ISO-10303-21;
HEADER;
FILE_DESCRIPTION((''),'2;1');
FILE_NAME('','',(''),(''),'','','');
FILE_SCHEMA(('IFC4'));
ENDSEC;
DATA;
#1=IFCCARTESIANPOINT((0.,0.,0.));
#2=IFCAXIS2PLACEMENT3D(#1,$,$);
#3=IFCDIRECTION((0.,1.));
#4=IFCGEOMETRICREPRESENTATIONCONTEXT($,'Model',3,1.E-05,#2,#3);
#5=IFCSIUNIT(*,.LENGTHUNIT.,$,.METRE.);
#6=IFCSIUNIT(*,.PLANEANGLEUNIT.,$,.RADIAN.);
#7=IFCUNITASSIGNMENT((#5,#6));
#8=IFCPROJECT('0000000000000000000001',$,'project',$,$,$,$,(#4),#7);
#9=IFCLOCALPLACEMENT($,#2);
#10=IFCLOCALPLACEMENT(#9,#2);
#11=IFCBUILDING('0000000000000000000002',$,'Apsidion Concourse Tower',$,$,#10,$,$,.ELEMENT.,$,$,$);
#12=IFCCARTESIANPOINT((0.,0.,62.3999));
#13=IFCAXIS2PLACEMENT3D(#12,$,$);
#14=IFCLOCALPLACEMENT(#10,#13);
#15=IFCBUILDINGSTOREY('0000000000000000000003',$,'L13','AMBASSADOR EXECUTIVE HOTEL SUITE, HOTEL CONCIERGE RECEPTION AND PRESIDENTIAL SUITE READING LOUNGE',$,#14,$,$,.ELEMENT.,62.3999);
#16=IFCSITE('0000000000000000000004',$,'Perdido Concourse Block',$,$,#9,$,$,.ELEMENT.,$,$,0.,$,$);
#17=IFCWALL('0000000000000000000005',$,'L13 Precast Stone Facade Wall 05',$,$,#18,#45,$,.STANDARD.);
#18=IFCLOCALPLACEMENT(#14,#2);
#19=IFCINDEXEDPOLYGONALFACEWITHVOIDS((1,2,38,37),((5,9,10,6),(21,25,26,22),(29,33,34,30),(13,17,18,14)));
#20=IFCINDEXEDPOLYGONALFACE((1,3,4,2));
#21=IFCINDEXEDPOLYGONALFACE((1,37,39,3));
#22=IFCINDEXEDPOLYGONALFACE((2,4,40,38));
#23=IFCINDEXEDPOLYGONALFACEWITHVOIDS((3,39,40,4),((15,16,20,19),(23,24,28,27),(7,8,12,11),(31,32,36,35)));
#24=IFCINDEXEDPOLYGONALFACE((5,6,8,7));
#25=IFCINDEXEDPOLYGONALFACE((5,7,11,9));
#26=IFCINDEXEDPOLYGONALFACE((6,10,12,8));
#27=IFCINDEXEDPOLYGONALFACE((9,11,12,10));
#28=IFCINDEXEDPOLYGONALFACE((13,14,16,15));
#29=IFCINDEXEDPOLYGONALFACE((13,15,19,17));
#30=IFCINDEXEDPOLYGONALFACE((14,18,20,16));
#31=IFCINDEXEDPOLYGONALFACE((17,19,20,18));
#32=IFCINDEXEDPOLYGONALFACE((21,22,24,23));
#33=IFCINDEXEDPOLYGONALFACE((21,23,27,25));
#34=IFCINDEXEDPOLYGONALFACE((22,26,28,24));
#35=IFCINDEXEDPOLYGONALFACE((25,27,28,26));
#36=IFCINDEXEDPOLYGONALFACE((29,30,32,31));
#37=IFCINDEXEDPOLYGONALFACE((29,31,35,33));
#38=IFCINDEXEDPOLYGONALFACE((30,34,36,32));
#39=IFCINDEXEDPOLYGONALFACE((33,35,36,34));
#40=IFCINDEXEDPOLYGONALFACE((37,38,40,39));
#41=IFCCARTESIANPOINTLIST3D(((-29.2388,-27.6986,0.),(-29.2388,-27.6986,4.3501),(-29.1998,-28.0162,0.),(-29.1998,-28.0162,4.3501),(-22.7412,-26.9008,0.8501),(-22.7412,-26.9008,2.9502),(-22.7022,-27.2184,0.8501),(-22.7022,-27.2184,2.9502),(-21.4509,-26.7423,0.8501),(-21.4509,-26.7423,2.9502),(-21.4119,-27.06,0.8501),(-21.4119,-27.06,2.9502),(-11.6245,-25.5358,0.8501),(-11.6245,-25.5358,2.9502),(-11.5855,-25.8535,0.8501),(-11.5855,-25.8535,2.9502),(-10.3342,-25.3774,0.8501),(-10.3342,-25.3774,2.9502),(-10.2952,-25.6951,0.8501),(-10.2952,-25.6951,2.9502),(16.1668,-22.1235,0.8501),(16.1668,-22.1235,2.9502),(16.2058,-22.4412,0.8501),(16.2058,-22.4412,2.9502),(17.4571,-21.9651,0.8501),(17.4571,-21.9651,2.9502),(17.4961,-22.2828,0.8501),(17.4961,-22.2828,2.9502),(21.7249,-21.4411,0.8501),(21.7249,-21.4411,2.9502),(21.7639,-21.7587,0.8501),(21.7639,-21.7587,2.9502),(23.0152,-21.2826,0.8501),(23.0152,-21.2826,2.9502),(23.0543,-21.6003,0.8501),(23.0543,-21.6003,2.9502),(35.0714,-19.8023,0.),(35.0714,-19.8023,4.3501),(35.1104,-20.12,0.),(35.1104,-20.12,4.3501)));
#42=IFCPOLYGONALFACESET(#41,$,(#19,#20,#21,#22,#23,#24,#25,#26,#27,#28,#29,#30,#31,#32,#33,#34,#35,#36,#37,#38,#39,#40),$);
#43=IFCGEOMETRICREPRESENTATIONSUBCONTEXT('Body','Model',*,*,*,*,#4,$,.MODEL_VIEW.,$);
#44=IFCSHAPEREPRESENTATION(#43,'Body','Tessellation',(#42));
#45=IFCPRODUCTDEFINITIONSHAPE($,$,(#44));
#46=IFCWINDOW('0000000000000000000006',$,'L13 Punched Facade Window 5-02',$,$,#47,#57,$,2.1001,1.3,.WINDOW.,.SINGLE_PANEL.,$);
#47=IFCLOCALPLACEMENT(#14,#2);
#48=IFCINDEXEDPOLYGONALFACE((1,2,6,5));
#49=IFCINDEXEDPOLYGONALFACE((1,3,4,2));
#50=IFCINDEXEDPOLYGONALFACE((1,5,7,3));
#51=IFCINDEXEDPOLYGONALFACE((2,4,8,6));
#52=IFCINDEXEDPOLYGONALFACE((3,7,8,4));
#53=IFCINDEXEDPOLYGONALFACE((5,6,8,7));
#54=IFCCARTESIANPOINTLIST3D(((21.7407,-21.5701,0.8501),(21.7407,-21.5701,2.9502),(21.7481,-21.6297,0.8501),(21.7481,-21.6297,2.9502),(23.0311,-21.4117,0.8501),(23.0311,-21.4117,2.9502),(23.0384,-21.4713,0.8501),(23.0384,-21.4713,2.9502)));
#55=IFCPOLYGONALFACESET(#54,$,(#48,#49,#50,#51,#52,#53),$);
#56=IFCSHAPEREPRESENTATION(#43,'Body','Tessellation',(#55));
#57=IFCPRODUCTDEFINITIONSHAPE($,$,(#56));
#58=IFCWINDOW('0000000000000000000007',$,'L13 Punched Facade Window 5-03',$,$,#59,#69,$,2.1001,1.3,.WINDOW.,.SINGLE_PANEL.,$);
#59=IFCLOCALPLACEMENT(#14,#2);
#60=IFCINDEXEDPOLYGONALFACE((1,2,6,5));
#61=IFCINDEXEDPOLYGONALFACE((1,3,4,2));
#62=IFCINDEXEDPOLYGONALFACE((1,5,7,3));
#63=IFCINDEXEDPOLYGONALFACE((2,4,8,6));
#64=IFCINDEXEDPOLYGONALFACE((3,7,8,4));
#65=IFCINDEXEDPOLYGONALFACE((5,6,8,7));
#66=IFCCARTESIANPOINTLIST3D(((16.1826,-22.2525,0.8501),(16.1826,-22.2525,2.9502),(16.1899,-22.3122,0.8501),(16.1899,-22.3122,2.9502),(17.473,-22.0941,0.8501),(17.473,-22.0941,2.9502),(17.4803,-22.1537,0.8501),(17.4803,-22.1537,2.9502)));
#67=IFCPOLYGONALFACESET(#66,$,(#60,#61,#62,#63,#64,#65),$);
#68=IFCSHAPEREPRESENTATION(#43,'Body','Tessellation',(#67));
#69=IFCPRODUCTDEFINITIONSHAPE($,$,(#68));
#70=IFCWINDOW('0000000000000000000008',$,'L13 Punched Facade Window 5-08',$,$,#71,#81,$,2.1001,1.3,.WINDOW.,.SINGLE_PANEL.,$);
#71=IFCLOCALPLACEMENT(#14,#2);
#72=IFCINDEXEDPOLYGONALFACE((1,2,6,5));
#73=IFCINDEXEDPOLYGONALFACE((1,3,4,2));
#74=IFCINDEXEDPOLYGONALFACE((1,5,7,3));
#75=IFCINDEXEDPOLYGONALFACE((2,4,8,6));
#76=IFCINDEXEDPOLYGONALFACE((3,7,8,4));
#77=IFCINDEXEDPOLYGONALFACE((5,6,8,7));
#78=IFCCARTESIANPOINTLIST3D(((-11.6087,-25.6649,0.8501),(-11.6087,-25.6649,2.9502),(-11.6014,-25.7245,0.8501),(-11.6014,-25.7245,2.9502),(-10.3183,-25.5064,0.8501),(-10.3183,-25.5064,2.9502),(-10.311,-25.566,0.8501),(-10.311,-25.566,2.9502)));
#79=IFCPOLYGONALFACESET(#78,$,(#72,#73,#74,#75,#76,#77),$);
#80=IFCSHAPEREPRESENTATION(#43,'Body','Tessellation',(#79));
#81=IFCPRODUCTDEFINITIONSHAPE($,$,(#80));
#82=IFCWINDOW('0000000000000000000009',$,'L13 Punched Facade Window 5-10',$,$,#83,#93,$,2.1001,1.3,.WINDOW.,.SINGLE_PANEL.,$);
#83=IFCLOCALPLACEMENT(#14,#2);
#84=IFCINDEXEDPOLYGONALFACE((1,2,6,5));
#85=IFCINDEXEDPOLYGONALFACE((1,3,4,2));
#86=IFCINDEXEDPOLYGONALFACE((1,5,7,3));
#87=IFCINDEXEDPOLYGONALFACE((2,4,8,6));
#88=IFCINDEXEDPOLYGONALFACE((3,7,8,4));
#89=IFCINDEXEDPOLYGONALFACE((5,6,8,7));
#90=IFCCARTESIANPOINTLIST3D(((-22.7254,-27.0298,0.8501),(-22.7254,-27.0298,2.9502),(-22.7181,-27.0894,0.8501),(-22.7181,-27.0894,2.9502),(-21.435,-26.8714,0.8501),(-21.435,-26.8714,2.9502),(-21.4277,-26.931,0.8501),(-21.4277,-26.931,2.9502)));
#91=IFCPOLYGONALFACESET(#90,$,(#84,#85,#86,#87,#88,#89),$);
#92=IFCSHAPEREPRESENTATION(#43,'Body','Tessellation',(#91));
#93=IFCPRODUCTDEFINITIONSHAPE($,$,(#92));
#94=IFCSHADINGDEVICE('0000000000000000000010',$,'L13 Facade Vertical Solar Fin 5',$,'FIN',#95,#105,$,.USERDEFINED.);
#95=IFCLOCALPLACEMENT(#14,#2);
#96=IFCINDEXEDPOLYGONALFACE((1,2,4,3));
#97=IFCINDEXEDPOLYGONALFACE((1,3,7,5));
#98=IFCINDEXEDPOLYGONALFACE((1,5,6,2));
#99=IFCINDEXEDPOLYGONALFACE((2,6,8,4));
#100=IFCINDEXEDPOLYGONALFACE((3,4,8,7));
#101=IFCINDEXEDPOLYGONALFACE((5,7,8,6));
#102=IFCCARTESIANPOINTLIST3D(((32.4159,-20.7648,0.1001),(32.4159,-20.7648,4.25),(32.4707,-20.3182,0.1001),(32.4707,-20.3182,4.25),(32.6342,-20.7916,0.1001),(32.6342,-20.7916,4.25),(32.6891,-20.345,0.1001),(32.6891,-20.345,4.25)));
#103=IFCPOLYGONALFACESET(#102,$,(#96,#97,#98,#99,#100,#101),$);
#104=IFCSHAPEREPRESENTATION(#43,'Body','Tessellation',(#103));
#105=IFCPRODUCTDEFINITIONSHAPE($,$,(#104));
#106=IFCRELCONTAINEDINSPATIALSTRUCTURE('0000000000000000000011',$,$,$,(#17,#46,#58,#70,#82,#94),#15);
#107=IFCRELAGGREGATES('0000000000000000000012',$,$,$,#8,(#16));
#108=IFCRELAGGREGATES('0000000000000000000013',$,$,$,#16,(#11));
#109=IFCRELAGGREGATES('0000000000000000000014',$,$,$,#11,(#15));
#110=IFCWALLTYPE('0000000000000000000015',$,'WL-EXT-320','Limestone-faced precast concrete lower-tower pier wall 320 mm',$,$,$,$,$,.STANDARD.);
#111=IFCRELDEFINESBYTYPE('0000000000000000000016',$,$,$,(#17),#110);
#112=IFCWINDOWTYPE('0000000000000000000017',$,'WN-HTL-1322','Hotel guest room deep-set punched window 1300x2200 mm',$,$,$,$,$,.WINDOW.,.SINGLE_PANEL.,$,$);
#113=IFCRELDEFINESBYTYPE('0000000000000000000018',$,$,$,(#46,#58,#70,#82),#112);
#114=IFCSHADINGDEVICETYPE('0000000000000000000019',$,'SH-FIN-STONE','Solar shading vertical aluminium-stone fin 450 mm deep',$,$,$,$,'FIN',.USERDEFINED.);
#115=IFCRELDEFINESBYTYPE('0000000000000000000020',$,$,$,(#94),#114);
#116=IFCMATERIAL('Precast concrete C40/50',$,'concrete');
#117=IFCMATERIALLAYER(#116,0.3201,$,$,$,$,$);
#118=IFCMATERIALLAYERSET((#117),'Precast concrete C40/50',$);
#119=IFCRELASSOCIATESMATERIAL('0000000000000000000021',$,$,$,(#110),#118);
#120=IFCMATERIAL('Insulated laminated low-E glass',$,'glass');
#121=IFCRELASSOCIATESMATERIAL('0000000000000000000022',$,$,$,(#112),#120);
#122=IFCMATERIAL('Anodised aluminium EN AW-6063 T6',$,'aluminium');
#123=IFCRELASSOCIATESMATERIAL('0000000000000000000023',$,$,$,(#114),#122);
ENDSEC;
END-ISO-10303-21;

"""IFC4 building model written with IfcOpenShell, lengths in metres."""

from ifc_helpers import new_model, si_unit, direction, frame, frame_2d, origin, origin_2d, place, context, subcontext, project, spatial, rectangle, extrude, material, layer, layer_set, type_object, element, fill, save


model = new_model("IFC4")

# Units and contexts
model_context = context("Model", 3, precision=1e-05, world=origin(), true_north=direction((0.0, 1.0)))
body_context = subcontext(model_context, "Body", "Model", "MODEL_VIEW")
ifc_project = project(units=[si_unit("LENGTHUNIT", "METRE"), si_unit("PLANEANGLEUNIT", "RADIAN")], contexts=[model_context])

# Site, building, storey
site_placement = place(None, origin())
site = spatial("IfcSite", under=ifc_project, at=site_placement, Name="Perdido Concourse Block", CompositionType="ELEMENT", RefElevation=0.0)
building_placement = place(site_placement, origin())
building = spatial("IfcBuilding", under=site, at=building_placement, Name="Apsidion Concourse Tower", CompositionType="ELEMENT")
storey_placement = place(building_placement, frame((0.0, 0.0, 62.3999)))
storey = spatial("IfcBuildingStorey", under=building, at=storey_placement, Name="L13", Description="AMBASSADOR EXECUTIVE HOTEL SUITE, HOTEL CONCIERGE RECEPTION AND PRESIDENTIAL SUITE READING LOUNGE", CompositionType="ELEMENT", Elevation=62.3999)

# Shared definitions
ifc_material_1 = material(Name="Precast concrete C40/50", Category="concrete")
ifc_layer_1 = layer(ifc_material_1, 0.3201)
ifc_layer_set_1 = layer_set([ifc_layer_1], Name="Precast concrete C40/50")
wall_type = type_object("IfcWallType", Name="WL-EXT-320", Description="Limestone-faced precast concrete lower-tower pier wall 320 mm", PredefinedType="STANDARD", material=ifc_layer_set_1)

# Wall, openings, windows
wall_1_placement = place(storey_placement, frame((35.0908, -19.9612, 0.0), z_axis=(0.0, 0.0, 1.0), x_axis=(-0.992546, -0.121868, 0.0)))
wall_1 = element("IfcWall", 1, at=wall_1_placement, inside=storey, type_object=wall_type, Name="L13 Precast Stone Facade Wall 05", PredefinedType="STANDARD", context=body_context, shape_type="SweptSolid", body=[
    extrude(rectangle(XDim=64.7932, YDim=0.3201, at=frame_2d((32.3965, 0.0))), origin(), (0.0, 0.0, 1.0), 4.3501),
])
opening_1_placement = place(wall_1_placement, frame((12.1467, 0.0, 0.8501)))
opening_1 = element("IfcOpeningElement", 2, at=opening_1_placement, cuts=wall_1, PredefinedType="OPENING", context=body_context, shape_type="SweptSolid", body=[
    extrude(rectangle(XDim=1.3, YDim=2.1001, at=frame_2d((0.6499, 1.05))), frame((0.0, 0.1699, 0.0), z_axis=(0.0, -1.0, 0.0), x_axis=(1.0, 0.0, 0.0)), (0.0, 0.0, 1.0), 0.3401),
])
opening_2_placement = place(wall_1_placement, frame((17.7466, 0.0, 0.8501)))
opening_2 = element("IfcOpeningElement", 3, at=opening_2_placement, cuts=wall_1, PredefinedType="OPENING", context=body_context, shape_type="SweptSolid", body=[
    extrude(rectangle(XDim=1.3, YDim=2.1001, at=frame_2d((0.6499, 1.05))), frame((0.0, 0.1699, 0.0), z_axis=(0.0, -1.0, 0.0), x_axis=(1.0, 0.0, 0.0)), (0.0, 0.0, 1.0), 0.3401),
])
opening_3_placement = place(wall_1_placement, frame((45.7466, 0.0, 0.8501)))
opening_3 = element("IfcOpeningElement", 4, at=opening_3_placement, cuts=wall_1, PredefinedType="OPENING", context=body_context, shape_type="SweptSolid", body=[
    extrude(rectangle(XDim=1.3, YDim=2.1001, at=frame_2d((0.6499, 1.05))), frame((0.0, 0.1699, 0.0), z_axis=(0.0, -1.0, 0.0), x_axis=(1.0, 0.0, 0.0)), (0.0, 0.0, 1.0), 0.3401),
])
opening_4_placement = place(wall_1_placement, frame((56.9468, 0.0, 0.8501)))
opening_4 = element("IfcOpeningElement", 5, at=opening_4_placement, cuts=wall_1, PredefinedType="OPENING", context=body_context, shape_type="SweptSolid", body=[
    extrude(rectangle(XDim=1.3, YDim=2.1001, at=frame_2d((0.6499, 1.05))), frame((0.0, 0.1699, 0.0), z_axis=(0.0, -1.0, 0.0), x_axis=(1.0, 0.0, 0.0)), (0.0, 0.0, 1.0), 0.3401),
])
ifc_material_2 = material(Name="Insulated laminated low-E glass", Category="glass")
window_type = type_object("IfcWindowType", Name="WN-HTL-1322", Description="Hotel guest room deep-set punched window 1300x2200 mm", PartitioningType="SINGLE_PANEL", PredefinedType="WINDOW", material=ifc_material_2)
window_1_placement = place(opening_1_placement, origin())
window_1 = element("IfcWindow", 6, at=window_1_placement, inside=storey, type_object=window_type, Name="L13 Punched Facade Window 5-02", OverallHeight=2.1001, OverallWidth=1.3, PartitioningType="SINGLE_PANEL", PredefinedType="WINDOW", context=body_context, shape_type="SweptSolid", body=[
    extrude(rectangle(XDim=1.3, YDim=2.1001, at=frame_2d((0.6499, 1.05))), frame((0.0, 0.03, 0.0), z_axis=(0.0, -1.0, 0.0), x_axis=(1.0, 0.0, 0.0)), (0.0, 0.0, 1.0), 0.0601),
])
fill(opening_1, window_1)
window_2_placement = place(opening_2_placement, origin())
window_2 = element("IfcWindow", 7, at=window_2_placement, inside=storey, type_object=window_type, Name="L13 Punched Facade Window 5-03", OverallHeight=2.1001, OverallWidth=1.3, PartitioningType="SINGLE_PANEL", PredefinedType="WINDOW", context=body_context, shape_type="SweptSolid", body=[
    extrude(rectangle(XDim=1.3, YDim=2.1001, at=frame_2d((0.6499, 1.05))), frame((0.0, 0.03, 0.0), z_axis=(0.0, -1.0, 0.0), x_axis=(1.0, 0.0, 0.0)), (0.0, 0.0, 1.0), 0.0601),
])
fill(opening_2, window_2)
window_3_placement = place(opening_3_placement, origin())
window_3 = element("IfcWindow", 8, at=window_3_placement, inside=storey, type_object=window_type, Name="L13 Punched Facade Window 5-08", OverallHeight=2.1001, OverallWidth=1.3, PartitioningType="SINGLE_PANEL", PredefinedType="WINDOW", context=body_context, shape_type="SweptSolid", body=[
    extrude(rectangle(XDim=1.3, YDim=2.1001, at=frame_2d((0.6499, 1.05))), frame((0.0, 0.03, 0.0), z_axis=(0.0, -1.0, 0.0), x_axis=(1.0, 0.0, 0.0)), (0.0, 0.0, 1.0), 0.0601),
])
fill(opening_3, window_3)
window_4_placement = place(opening_4_placement, origin())
window_4 = element("IfcWindow", 9, at=window_4_placement, inside=storey, type_object=window_type, Name="L13 Punched Facade Window 5-10", OverallHeight=2.1001, OverallWidth=1.3, PartitioningType="SINGLE_PANEL", PredefinedType="WINDOW", context=body_context, shape_type="SweptSolid", body=[
    extrude(rectangle(XDim=1.3, YDim=2.1001, at=frame_2d((0.6499, 1.05))), frame((0.0, 0.03, 0.0), z_axis=(0.0, -1.0, 0.0), x_axis=(1.0, 0.0, 0.0)), (0.0, 0.0, 1.0), 0.0601),
])
fill(opening_4, window_4)

# Shading device
ifc_material_3 = material(Name="Anodised aluminium EN AW-6063 T6", Category="aluminium")
shading_device_type = type_object("IfcShadingDeviceType", Name="SH-FIN-STONE", Description="Solar shading vertical aluminium-stone fin 450 mm deep", ElementType="FIN", PredefinedType="USERDEFINED", material=ifc_material_3)
shading_device_placement = place(storey_placement, frame((32.5525, -20.5549, 0.1001), z_axis=(0.0, 0.0, 1.0), x_axis=(-0.992546, 0.121869, 0.0)))
element("IfcShadingDevice", 10, at=shading_device_placement, inside=storey, type_object=shading_device_type, Name="L13 Facade Vertical Solar Fin 5", ObjectType="FIN", PredefinedType="USERDEFINED", context=body_context, shape_type="SweptSolid", body=[
    extrude(rectangle(XDim=0.22, YDim=0.45, at=origin_2d()), origin(), (0.0, 0.0, 1.0), 4.1499),
])

save(model, "model.ifc")
